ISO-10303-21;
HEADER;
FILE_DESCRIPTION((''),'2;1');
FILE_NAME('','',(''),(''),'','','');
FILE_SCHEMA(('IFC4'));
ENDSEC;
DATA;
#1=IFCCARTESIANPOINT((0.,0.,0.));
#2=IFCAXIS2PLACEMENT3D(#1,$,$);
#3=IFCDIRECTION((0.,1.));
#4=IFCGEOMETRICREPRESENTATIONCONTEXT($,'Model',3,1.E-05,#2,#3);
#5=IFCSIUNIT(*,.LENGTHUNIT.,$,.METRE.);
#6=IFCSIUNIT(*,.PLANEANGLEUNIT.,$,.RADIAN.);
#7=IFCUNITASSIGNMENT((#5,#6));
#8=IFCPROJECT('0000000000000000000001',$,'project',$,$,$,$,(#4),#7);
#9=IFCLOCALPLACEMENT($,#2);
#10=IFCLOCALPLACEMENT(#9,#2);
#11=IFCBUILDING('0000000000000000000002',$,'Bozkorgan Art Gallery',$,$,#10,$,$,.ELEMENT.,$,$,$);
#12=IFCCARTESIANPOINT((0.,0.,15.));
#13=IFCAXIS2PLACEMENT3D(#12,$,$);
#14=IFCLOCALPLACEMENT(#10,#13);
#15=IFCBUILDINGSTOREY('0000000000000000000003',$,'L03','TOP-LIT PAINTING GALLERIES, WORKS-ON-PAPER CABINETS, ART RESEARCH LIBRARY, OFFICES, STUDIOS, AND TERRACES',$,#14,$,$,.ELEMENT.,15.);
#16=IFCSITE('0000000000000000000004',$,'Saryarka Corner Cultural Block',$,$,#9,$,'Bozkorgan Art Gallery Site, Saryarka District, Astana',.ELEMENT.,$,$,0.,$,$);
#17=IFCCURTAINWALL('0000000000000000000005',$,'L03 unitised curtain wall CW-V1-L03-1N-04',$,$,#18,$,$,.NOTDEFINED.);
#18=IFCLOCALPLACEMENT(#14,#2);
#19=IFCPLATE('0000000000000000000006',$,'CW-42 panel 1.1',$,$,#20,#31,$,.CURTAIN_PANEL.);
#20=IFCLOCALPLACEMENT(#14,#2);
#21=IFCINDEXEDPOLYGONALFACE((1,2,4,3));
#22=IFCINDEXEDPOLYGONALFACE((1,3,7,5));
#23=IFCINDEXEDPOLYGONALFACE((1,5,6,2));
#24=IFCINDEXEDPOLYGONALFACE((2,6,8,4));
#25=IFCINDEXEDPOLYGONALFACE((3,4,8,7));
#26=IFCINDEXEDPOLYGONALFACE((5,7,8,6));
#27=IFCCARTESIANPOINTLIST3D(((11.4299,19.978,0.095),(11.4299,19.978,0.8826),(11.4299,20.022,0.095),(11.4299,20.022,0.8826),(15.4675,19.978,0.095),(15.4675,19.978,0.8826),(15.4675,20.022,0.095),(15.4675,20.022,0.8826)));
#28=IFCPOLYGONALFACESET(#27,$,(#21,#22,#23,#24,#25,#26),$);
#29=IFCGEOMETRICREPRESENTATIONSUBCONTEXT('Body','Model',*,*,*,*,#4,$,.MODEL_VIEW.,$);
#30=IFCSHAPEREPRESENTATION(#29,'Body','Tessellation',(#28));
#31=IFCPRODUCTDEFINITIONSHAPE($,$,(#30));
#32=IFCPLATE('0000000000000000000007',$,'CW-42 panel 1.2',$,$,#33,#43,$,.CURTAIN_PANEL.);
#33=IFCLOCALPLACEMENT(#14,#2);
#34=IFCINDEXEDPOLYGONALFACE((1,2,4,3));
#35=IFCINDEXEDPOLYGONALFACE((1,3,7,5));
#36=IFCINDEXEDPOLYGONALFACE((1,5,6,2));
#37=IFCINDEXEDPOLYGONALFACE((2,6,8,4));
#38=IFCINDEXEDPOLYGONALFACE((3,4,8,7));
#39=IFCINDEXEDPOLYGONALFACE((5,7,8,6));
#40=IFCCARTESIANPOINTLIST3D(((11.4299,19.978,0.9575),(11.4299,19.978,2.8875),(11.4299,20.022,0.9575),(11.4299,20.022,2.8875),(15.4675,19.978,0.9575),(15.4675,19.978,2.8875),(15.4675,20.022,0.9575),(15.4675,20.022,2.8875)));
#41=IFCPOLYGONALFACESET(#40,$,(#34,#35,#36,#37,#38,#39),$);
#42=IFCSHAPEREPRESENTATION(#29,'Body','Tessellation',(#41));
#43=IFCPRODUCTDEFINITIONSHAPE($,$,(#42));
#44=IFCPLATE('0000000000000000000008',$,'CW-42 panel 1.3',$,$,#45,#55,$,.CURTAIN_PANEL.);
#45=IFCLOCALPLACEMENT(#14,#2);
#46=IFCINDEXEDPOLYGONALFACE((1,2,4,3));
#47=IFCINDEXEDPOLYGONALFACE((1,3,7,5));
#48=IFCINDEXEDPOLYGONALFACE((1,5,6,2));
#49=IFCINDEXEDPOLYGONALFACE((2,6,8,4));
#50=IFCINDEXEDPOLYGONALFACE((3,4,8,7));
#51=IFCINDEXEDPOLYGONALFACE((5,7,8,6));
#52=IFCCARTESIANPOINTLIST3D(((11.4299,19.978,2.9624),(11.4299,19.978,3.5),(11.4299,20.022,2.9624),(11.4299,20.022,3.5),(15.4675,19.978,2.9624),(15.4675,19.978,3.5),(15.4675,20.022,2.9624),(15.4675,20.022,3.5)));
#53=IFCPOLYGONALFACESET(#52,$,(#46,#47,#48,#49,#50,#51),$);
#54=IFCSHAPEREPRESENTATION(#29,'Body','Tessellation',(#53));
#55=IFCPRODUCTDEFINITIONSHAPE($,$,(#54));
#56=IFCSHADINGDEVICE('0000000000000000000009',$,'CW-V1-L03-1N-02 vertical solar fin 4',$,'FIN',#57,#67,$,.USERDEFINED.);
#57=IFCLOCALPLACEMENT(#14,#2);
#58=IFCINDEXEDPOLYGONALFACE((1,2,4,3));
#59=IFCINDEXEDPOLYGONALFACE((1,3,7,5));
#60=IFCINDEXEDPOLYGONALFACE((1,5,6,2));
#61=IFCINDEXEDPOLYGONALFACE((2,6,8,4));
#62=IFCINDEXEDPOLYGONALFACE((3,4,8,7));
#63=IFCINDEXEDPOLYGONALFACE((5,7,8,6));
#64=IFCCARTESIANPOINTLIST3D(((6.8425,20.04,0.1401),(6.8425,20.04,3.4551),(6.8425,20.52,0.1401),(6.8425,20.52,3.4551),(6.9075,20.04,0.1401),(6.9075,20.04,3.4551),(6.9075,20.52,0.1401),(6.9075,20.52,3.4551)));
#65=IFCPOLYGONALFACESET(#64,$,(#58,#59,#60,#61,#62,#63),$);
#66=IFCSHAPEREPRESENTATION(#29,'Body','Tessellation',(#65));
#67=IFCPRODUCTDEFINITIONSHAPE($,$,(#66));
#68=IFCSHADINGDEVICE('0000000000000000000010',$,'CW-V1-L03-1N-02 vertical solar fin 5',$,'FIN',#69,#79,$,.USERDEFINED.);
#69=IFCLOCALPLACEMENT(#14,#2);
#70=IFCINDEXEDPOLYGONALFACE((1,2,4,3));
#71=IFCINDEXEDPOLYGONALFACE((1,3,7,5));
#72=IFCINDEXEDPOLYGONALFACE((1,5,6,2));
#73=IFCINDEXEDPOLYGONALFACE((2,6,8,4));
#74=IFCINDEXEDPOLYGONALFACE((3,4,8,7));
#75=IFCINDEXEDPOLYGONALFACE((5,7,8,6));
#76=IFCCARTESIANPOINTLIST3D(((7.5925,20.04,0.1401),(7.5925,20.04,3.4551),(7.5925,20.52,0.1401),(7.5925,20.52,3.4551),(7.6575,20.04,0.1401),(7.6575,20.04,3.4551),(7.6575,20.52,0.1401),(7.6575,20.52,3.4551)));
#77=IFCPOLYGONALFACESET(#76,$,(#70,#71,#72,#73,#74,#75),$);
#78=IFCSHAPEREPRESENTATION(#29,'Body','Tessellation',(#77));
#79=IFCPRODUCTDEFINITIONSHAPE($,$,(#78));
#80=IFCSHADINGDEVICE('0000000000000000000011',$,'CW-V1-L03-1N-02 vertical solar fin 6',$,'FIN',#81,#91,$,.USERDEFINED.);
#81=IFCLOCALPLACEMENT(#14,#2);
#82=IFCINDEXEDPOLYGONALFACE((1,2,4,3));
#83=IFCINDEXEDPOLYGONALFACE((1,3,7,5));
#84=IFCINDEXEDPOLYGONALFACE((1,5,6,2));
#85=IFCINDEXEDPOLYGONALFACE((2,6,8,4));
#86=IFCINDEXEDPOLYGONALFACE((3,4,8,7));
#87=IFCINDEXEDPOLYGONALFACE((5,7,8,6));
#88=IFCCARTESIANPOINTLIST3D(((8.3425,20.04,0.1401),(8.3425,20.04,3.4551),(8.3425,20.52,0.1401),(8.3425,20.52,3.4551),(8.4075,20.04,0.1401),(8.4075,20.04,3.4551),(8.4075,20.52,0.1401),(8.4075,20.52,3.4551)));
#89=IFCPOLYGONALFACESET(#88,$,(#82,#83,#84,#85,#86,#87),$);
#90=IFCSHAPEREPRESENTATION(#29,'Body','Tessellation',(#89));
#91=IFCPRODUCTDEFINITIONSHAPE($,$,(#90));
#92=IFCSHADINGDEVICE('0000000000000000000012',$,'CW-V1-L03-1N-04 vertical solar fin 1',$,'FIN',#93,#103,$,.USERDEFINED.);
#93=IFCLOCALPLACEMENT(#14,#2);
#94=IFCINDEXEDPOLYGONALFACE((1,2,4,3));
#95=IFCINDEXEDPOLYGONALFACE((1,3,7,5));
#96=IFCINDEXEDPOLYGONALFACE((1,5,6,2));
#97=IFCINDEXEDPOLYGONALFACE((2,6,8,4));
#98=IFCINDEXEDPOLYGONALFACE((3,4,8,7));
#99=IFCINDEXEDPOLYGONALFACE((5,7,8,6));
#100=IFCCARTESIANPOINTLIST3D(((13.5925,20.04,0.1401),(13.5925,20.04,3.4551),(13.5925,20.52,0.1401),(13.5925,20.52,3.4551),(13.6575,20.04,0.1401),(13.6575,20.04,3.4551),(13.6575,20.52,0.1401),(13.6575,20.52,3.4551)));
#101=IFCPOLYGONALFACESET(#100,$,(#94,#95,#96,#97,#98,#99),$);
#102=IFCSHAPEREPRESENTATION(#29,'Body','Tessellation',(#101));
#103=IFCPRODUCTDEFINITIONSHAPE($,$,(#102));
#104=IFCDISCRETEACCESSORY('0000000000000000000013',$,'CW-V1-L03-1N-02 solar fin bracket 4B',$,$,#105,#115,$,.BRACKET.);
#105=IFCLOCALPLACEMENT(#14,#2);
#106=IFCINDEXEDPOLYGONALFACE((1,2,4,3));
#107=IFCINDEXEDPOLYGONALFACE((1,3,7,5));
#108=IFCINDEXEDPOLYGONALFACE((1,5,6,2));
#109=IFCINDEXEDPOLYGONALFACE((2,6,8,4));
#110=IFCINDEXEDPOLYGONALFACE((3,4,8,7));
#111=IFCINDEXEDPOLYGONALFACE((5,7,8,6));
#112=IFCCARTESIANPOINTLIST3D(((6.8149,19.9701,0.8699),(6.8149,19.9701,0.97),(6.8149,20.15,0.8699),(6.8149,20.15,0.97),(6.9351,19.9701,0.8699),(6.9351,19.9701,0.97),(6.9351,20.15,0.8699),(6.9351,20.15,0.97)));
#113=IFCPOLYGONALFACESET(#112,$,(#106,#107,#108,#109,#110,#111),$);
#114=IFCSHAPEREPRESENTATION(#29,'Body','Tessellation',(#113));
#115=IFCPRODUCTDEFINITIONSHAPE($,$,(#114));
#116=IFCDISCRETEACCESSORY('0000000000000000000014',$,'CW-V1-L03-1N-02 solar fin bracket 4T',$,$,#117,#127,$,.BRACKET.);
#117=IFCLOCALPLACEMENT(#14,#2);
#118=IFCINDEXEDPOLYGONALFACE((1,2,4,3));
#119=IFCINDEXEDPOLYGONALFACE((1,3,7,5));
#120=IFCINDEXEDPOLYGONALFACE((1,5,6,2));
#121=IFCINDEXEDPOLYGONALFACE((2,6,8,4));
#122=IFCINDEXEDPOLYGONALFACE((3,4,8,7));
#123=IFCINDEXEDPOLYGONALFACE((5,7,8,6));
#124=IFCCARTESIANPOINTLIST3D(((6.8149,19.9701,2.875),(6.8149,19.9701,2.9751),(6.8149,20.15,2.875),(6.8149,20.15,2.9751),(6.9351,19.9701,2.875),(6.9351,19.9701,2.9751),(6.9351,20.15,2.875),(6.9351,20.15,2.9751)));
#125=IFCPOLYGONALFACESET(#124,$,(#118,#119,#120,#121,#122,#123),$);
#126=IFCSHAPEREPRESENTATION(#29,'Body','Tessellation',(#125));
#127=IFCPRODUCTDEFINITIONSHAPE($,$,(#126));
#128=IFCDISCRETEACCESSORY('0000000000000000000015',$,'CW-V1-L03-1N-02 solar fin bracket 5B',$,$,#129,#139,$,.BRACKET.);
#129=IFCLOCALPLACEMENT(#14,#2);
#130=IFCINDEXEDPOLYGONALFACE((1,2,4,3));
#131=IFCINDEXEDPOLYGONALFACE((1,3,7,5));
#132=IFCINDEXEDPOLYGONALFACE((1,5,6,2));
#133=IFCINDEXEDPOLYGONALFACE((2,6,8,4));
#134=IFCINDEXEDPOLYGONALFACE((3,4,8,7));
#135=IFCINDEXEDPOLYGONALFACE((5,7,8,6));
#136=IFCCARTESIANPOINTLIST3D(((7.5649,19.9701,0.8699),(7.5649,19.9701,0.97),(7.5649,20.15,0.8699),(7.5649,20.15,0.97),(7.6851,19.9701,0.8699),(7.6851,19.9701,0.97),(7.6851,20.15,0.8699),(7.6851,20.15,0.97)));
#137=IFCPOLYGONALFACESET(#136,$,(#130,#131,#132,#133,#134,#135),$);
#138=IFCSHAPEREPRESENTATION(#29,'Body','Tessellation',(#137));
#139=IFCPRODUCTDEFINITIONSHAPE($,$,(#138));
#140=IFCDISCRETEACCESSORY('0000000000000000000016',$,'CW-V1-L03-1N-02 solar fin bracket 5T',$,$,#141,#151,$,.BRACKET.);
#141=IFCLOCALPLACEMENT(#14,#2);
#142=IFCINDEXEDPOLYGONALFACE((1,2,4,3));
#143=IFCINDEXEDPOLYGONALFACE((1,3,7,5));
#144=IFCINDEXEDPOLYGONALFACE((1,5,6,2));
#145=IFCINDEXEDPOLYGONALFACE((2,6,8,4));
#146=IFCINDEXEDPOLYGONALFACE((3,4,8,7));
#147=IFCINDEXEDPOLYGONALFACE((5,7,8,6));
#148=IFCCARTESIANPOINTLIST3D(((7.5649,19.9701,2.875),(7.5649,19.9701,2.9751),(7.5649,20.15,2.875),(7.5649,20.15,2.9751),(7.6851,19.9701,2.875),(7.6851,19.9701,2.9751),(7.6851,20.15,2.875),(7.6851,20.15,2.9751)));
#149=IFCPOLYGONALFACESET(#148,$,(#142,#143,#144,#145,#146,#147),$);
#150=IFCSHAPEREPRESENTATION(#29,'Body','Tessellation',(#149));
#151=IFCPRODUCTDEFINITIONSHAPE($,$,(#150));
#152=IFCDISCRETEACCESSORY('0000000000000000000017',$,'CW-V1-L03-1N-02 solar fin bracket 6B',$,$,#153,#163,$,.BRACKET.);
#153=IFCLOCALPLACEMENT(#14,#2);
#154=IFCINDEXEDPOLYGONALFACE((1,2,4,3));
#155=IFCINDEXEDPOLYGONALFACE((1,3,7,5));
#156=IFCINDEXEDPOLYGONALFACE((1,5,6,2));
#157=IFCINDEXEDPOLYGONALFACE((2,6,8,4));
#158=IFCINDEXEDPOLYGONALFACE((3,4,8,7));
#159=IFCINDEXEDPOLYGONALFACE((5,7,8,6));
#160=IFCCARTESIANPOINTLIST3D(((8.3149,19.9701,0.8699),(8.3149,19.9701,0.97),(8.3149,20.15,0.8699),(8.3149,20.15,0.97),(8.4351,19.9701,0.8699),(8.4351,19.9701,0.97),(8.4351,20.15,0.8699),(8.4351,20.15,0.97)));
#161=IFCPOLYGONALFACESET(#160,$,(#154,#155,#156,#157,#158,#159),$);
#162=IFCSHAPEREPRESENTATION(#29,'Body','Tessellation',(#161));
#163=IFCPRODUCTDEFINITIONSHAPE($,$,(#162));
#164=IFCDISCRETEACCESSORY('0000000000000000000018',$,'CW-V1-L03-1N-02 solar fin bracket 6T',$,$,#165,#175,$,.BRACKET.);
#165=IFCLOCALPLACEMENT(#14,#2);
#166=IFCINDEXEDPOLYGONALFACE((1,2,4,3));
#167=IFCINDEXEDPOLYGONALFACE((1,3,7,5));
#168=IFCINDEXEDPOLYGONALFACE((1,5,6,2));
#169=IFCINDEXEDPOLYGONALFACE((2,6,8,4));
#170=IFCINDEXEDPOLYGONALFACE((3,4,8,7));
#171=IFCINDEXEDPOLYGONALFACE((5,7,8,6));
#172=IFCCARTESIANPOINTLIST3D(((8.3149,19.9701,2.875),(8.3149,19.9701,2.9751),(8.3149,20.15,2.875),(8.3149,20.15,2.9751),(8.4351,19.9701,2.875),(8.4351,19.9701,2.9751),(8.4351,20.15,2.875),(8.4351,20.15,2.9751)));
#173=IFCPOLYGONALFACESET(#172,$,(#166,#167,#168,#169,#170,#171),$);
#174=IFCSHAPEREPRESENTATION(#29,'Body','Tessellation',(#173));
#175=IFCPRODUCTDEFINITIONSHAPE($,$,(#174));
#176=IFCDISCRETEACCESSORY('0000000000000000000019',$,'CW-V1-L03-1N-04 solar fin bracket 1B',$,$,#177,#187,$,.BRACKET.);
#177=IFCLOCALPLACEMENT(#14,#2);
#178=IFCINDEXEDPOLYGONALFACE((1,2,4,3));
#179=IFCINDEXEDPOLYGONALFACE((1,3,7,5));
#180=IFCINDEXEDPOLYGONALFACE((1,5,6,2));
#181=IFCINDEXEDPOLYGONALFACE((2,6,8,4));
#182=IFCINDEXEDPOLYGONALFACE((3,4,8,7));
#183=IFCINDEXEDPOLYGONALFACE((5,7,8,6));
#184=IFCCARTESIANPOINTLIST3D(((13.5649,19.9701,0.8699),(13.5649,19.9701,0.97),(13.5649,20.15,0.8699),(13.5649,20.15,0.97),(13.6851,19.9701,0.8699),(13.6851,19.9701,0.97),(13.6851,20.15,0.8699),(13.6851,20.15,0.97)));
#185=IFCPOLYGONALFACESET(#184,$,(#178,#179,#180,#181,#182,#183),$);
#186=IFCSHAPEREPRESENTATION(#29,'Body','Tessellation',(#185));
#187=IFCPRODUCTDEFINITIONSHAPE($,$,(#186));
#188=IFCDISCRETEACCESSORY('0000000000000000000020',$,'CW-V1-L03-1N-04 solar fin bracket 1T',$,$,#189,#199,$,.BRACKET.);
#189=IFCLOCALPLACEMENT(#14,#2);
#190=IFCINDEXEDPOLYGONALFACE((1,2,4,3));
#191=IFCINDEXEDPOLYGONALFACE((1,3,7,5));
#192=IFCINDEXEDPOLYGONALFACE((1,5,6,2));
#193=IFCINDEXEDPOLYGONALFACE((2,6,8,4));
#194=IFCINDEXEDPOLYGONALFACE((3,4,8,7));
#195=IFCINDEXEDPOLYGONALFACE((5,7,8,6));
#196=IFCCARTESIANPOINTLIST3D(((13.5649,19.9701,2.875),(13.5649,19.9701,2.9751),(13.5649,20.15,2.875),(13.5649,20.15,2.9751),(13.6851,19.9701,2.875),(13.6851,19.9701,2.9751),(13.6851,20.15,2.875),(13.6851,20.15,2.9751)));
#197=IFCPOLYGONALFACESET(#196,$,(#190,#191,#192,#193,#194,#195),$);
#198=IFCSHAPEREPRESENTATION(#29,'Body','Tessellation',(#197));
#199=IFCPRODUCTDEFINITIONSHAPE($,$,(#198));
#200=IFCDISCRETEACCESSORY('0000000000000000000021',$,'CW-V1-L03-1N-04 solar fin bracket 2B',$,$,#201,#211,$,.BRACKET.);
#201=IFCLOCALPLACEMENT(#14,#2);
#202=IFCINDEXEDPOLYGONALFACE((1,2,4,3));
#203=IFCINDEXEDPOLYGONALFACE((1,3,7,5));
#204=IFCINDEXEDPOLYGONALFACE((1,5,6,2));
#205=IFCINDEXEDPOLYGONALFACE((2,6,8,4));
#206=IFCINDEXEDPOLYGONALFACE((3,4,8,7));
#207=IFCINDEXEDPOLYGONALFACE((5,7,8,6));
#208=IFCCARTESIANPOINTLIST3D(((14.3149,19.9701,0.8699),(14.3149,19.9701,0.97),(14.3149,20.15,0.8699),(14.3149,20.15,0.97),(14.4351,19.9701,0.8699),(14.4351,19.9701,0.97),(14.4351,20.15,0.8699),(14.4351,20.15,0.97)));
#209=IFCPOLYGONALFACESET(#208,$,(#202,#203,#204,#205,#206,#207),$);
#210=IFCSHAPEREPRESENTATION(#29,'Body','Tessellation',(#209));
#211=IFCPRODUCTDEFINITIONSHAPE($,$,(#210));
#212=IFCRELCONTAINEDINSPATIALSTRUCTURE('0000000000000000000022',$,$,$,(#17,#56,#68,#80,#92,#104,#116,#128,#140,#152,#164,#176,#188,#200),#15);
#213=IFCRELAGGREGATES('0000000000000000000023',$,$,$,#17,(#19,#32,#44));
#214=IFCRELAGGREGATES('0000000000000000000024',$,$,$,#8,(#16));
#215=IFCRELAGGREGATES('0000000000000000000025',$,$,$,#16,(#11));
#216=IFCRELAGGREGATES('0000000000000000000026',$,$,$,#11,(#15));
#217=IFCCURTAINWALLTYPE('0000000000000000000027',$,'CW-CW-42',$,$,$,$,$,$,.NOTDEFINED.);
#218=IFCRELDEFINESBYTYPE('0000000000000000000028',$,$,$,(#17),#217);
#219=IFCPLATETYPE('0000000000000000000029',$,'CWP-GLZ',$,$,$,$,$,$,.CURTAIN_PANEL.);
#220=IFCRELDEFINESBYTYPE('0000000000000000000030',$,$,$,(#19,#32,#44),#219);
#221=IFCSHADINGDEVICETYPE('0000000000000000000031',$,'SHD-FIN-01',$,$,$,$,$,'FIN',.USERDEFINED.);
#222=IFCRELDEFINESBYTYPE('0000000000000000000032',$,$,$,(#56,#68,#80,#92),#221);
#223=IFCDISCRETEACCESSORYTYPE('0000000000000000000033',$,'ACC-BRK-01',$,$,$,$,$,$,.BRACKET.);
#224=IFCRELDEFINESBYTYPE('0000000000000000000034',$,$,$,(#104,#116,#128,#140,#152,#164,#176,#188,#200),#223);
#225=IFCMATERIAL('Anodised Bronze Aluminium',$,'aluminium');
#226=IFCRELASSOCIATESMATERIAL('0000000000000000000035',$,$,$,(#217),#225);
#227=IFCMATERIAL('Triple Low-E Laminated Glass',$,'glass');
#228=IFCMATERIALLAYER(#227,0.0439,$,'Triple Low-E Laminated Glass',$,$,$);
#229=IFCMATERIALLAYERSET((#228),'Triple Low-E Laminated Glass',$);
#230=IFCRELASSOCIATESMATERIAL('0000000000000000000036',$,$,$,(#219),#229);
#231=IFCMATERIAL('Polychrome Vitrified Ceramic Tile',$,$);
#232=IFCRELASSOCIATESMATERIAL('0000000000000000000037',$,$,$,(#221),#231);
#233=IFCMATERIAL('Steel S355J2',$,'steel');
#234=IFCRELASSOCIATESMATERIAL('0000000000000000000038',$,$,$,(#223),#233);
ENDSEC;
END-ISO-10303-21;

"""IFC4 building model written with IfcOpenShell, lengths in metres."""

from ifc_helpers import new_model, si_unit, direction, frame, origin, origin_2d, place, context, subcontext, project, spatial, rectangle, extrude, material, layer, layer_set, type_object, element, aggregate, save


model = new_model("IFC4")

# Units and contexts
model_context = context("Model", 3, precision=1e-05, world=origin(), true_north=direction((0.0, 1.0)))
body_context = subcontext(model_context, "Body", "Model", "MODEL_VIEW")
ifc_project = project(units=[si_unit("LENGTHUNIT", "METRE"), si_unit("PLANEANGLEUNIT", "RADIAN")], contexts=[model_context])

# Site, building, storey
site_placement = place(None, origin())
site = spatial("IfcSite", under=ifc_project, at=site_placement, Name="Saryarka Corner Cultural Block", LongName="Bozkorgan Art Gallery Site, Saryarka District, Astana", CompositionType="ELEMENT", RefElevation=0.0)
building_placement = place(site_placement, origin())
building = spatial("IfcBuilding", under=site, at=building_placement, Name="Bozkorgan Art Gallery", CompositionType="ELEMENT")
storey_placement = place(building_placement, frame((0.0, 0.0, 15.0)))
storey = spatial("IfcBuildingStorey", under=building, at=storey_placement, Name="L03", Description="TOP-LIT PAINTING GALLERIES, WORKS-ON-PAPER CABINETS, ART RESEARCH LIBRARY, OFFICES, STUDIOS, AND TERRACES", CompositionType="ELEMENT", Elevation=15.0)

# Shared definitions
ifc_material_1 = material(Name="Steel S355J2", Category="steel")

# Shared definitions
ifc_material_2 = material(Name="Anodised Bronze Aluminium", Category="aluminium")
curtain_wall_type = type_object("IfcCurtainWallType", Name="CW-CW-42", PredefinedType="NOTDEFINED", material=ifc_material_2)

# Curtain wall
curtain_wall_1_placement = place(storey_placement, origin())
curtain_wall_1 = element("IfcCurtainWall", 1, at=curtain_wall_1_placement, inside=storey, type_object=curtain_wall_type, Name="L03 unitised curtain wall CW-V1-L03-1N-04", PredefinedType="NOTDEFINED")

# Plates
ifc_material_3 = material(Name="Triple Low-E Laminated Glass", Category="glass")
ifc_layer = layer(ifc_material_3, 0.0439, Name="Triple Low-E Laminated Glass")
ifc_layer_set = layer_set([ifc_layer], Name="Triple Low-E Laminated Glass")
plate_type = type_object("IfcPlateType", Name="CWP-GLZ", PredefinedType="CURTAIN_PANEL", material=ifc_layer_set)
plate_1_placement = place(storey_placement, frame((13.4487, 20.0, 0.095), z_axis=(0.0, 0.0, 1.0), x_axis=(1.0, 0.0, 0.0)))
plate_1 = element("IfcPlate", 2, at=plate_1_placement, type_object=plate_type, Name="CW-42 panel 1.1", PredefinedType="CURTAIN_PANEL", context=body_context, shape_type="SweptSolid", body=[
    extrude(rectangle(XDim=4.0376, YDim=0.0439, at=origin_2d()), origin(), (0.0, 0.0, 1.0), 0.7876),
])
plate_2_placement = place(storey_placement, frame((13.4487, 20.0, 0.9575), z_axis=(0.0, 0.0, 1.0), x_axis=(1.0, 0.0, 0.0)))
plate_2 = element("IfcPlate", 3, at=plate_2_placement, type_object=plate_type, Name="CW-42 panel 1.2", PredefinedType="CURTAIN_PANEL", context=body_context, shape_type="SweptSolid", body=[
    extrude(rectangle(XDim=4.0376, YDim=0.0439, at=origin_2d()), origin(), (0.0, 0.0, 1.0), 1.9299),
])
plate_3_placement = place(storey_placement, frame((13.4487, 20.0, 2.9624), z_axis=(0.0, 0.0, 1.0), x_axis=(1.0, 0.0, 0.0)))
plate_3 = element("IfcPlate", 4, at=plate_3_placement, type_object=plate_type, Name="CW-42 panel 1.3", PredefinedType="CURTAIN_PANEL", context=body_context, shape_type="SweptSolid", body=[
    extrude(rectangle(XDim=4.0376, YDim=0.0439, at=origin_2d()), origin(), (0.0, 0.0, 1.0), 0.5376),
])
aggregate(curtain_wall_1, [plate_1, plate_2, plate_3])

# Shading devices
ifc_material_4 = material(Name="Polychrome Vitrified Ceramic Tile")
shading_device_type = type_object("IfcShadingDeviceType", Name="SHD-FIN-01", ElementType="FIN", PredefinedType="USERDEFINED", material=ifc_material_4)
for number, where, z_axis, x_axis, name in (
    (5, (6.875, 20.28, 0.1401), (0.0, 0.0, 1.0), (0.0, 1.0, 0.0), "CW-V1-L03-1N-02 vertical solar fin 4"),
    (6, (7.625, 20.28, 0.1401), (0.0, 0.0, 1.0), (0.0, 1.0, 0.0), "CW-V1-L03-1N-02 vertical solar fin 5"),
    (7, (8.375, 20.28, 0.1401), (0.0, 0.0, 1.0), (0.0, 1.0, 0.0), "CW-V1-L03-1N-02 vertical solar fin 6"),
    (8, (13.625, 20.28, 0.1401), (0.0, 0.0, 1.0), (0.0, 1.0, 0.0), "CW-V1-L03-1N-04 vertical solar fin 1"),
):
    element("IfcShadingDevice", number, at=place(storey_placement, frame(where, z_axis=z_axis, x_axis=x_axis)), inside=storey, type_object=shading_device_type, Name=name, ObjectType="FIN", PredefinedType="USERDEFINED", context=body_context, shape_type="SweptSolid", body=[
        extrude(rectangle(XDim=0.48, YDim=0.0649, at=origin_2d()), origin(), (0.0, 0.0, 1.0), 3.3149),
    ])

# Discrete accessories
discrete_accessory_type = type_object("IfcDiscreteAccessoryType", Name="ACC-BRK-01", PredefinedType="BRACKET", material=ifc_material_1)
for number, where, z_axis, x_axis, name in (
    (9, (6.875, 20.0601, 0.8699), (0.0, 0.0, 1.0), (0.0, 1.0, 0.0), "CW-V1-L03-1N-02 solar fin bracket 4B"),
    (10, (6.875, 20.0601, 2.875), (0.0, 0.0, 1.0), (0.0, 1.0, 0.0), "CW-V1-L03-1N-02 solar fin bracket 4T"),
    (11, (7.625, 20.0601, 0.8699), (0.0, 0.0, 1.0), (0.0, 1.0, 0.0), "CW-V1-L03-1N-02 solar fin bracket 5B"),
    (12, (7.625, 20.0601, 2.875), (0.0, 0.0, 1.0), (0.0, 1.0, 0.0), "CW-V1-L03-1N-02 solar fin bracket 5T"),
    (13, (8.375, 20.0601, 0.8699), (0.0, 0.0, 1.0), (0.0, 1.0, 0.0), "CW-V1-L03-1N-02 solar fin bracket 6B"),
    (14, (8.375, 20.0601, 2.875), (0.0, 0.0, 1.0), (0.0, 1.0, 0.0), "CW-V1-L03-1N-02 solar fin bracket 6T"),
    (15, (13.625, 20.0601, 0.8699), (0.0, 0.0, 1.0), (0.0, 1.0, 0.0), "CW-V1-L03-1N-04 solar fin bracket 1B"),
    (16, (13.625, 20.0601, 2.875), (0.0, 0.0, 1.0), (0.0, 1.0, 0.0), "CW-V1-L03-1N-04 solar fin bracket 1T"),
    (17, (14.375, 20.0601, 0.8699), (0.0, 0.0, 1.0), (0.0, 1.0, 0.0), "CW-V1-L03-1N-04 solar fin bracket 2B"),
):
    element("IfcDiscreteAccessory", number, at=place(storey_placement, frame(where, z_axis=z_axis, x_axis=x_axis)), inside=storey, type_object=discrete_accessory_type, Name=name, PredefinedType="BRACKET", context=body_context, shape_type="SweptSolid", body=[
        extrude(rectangle(XDim=0.1799, YDim=0.1201, at=origin_2d()), origin(), (0.0, 0.0, 1.0), 0.1001),
    ])

save(model, "model.ifc")
